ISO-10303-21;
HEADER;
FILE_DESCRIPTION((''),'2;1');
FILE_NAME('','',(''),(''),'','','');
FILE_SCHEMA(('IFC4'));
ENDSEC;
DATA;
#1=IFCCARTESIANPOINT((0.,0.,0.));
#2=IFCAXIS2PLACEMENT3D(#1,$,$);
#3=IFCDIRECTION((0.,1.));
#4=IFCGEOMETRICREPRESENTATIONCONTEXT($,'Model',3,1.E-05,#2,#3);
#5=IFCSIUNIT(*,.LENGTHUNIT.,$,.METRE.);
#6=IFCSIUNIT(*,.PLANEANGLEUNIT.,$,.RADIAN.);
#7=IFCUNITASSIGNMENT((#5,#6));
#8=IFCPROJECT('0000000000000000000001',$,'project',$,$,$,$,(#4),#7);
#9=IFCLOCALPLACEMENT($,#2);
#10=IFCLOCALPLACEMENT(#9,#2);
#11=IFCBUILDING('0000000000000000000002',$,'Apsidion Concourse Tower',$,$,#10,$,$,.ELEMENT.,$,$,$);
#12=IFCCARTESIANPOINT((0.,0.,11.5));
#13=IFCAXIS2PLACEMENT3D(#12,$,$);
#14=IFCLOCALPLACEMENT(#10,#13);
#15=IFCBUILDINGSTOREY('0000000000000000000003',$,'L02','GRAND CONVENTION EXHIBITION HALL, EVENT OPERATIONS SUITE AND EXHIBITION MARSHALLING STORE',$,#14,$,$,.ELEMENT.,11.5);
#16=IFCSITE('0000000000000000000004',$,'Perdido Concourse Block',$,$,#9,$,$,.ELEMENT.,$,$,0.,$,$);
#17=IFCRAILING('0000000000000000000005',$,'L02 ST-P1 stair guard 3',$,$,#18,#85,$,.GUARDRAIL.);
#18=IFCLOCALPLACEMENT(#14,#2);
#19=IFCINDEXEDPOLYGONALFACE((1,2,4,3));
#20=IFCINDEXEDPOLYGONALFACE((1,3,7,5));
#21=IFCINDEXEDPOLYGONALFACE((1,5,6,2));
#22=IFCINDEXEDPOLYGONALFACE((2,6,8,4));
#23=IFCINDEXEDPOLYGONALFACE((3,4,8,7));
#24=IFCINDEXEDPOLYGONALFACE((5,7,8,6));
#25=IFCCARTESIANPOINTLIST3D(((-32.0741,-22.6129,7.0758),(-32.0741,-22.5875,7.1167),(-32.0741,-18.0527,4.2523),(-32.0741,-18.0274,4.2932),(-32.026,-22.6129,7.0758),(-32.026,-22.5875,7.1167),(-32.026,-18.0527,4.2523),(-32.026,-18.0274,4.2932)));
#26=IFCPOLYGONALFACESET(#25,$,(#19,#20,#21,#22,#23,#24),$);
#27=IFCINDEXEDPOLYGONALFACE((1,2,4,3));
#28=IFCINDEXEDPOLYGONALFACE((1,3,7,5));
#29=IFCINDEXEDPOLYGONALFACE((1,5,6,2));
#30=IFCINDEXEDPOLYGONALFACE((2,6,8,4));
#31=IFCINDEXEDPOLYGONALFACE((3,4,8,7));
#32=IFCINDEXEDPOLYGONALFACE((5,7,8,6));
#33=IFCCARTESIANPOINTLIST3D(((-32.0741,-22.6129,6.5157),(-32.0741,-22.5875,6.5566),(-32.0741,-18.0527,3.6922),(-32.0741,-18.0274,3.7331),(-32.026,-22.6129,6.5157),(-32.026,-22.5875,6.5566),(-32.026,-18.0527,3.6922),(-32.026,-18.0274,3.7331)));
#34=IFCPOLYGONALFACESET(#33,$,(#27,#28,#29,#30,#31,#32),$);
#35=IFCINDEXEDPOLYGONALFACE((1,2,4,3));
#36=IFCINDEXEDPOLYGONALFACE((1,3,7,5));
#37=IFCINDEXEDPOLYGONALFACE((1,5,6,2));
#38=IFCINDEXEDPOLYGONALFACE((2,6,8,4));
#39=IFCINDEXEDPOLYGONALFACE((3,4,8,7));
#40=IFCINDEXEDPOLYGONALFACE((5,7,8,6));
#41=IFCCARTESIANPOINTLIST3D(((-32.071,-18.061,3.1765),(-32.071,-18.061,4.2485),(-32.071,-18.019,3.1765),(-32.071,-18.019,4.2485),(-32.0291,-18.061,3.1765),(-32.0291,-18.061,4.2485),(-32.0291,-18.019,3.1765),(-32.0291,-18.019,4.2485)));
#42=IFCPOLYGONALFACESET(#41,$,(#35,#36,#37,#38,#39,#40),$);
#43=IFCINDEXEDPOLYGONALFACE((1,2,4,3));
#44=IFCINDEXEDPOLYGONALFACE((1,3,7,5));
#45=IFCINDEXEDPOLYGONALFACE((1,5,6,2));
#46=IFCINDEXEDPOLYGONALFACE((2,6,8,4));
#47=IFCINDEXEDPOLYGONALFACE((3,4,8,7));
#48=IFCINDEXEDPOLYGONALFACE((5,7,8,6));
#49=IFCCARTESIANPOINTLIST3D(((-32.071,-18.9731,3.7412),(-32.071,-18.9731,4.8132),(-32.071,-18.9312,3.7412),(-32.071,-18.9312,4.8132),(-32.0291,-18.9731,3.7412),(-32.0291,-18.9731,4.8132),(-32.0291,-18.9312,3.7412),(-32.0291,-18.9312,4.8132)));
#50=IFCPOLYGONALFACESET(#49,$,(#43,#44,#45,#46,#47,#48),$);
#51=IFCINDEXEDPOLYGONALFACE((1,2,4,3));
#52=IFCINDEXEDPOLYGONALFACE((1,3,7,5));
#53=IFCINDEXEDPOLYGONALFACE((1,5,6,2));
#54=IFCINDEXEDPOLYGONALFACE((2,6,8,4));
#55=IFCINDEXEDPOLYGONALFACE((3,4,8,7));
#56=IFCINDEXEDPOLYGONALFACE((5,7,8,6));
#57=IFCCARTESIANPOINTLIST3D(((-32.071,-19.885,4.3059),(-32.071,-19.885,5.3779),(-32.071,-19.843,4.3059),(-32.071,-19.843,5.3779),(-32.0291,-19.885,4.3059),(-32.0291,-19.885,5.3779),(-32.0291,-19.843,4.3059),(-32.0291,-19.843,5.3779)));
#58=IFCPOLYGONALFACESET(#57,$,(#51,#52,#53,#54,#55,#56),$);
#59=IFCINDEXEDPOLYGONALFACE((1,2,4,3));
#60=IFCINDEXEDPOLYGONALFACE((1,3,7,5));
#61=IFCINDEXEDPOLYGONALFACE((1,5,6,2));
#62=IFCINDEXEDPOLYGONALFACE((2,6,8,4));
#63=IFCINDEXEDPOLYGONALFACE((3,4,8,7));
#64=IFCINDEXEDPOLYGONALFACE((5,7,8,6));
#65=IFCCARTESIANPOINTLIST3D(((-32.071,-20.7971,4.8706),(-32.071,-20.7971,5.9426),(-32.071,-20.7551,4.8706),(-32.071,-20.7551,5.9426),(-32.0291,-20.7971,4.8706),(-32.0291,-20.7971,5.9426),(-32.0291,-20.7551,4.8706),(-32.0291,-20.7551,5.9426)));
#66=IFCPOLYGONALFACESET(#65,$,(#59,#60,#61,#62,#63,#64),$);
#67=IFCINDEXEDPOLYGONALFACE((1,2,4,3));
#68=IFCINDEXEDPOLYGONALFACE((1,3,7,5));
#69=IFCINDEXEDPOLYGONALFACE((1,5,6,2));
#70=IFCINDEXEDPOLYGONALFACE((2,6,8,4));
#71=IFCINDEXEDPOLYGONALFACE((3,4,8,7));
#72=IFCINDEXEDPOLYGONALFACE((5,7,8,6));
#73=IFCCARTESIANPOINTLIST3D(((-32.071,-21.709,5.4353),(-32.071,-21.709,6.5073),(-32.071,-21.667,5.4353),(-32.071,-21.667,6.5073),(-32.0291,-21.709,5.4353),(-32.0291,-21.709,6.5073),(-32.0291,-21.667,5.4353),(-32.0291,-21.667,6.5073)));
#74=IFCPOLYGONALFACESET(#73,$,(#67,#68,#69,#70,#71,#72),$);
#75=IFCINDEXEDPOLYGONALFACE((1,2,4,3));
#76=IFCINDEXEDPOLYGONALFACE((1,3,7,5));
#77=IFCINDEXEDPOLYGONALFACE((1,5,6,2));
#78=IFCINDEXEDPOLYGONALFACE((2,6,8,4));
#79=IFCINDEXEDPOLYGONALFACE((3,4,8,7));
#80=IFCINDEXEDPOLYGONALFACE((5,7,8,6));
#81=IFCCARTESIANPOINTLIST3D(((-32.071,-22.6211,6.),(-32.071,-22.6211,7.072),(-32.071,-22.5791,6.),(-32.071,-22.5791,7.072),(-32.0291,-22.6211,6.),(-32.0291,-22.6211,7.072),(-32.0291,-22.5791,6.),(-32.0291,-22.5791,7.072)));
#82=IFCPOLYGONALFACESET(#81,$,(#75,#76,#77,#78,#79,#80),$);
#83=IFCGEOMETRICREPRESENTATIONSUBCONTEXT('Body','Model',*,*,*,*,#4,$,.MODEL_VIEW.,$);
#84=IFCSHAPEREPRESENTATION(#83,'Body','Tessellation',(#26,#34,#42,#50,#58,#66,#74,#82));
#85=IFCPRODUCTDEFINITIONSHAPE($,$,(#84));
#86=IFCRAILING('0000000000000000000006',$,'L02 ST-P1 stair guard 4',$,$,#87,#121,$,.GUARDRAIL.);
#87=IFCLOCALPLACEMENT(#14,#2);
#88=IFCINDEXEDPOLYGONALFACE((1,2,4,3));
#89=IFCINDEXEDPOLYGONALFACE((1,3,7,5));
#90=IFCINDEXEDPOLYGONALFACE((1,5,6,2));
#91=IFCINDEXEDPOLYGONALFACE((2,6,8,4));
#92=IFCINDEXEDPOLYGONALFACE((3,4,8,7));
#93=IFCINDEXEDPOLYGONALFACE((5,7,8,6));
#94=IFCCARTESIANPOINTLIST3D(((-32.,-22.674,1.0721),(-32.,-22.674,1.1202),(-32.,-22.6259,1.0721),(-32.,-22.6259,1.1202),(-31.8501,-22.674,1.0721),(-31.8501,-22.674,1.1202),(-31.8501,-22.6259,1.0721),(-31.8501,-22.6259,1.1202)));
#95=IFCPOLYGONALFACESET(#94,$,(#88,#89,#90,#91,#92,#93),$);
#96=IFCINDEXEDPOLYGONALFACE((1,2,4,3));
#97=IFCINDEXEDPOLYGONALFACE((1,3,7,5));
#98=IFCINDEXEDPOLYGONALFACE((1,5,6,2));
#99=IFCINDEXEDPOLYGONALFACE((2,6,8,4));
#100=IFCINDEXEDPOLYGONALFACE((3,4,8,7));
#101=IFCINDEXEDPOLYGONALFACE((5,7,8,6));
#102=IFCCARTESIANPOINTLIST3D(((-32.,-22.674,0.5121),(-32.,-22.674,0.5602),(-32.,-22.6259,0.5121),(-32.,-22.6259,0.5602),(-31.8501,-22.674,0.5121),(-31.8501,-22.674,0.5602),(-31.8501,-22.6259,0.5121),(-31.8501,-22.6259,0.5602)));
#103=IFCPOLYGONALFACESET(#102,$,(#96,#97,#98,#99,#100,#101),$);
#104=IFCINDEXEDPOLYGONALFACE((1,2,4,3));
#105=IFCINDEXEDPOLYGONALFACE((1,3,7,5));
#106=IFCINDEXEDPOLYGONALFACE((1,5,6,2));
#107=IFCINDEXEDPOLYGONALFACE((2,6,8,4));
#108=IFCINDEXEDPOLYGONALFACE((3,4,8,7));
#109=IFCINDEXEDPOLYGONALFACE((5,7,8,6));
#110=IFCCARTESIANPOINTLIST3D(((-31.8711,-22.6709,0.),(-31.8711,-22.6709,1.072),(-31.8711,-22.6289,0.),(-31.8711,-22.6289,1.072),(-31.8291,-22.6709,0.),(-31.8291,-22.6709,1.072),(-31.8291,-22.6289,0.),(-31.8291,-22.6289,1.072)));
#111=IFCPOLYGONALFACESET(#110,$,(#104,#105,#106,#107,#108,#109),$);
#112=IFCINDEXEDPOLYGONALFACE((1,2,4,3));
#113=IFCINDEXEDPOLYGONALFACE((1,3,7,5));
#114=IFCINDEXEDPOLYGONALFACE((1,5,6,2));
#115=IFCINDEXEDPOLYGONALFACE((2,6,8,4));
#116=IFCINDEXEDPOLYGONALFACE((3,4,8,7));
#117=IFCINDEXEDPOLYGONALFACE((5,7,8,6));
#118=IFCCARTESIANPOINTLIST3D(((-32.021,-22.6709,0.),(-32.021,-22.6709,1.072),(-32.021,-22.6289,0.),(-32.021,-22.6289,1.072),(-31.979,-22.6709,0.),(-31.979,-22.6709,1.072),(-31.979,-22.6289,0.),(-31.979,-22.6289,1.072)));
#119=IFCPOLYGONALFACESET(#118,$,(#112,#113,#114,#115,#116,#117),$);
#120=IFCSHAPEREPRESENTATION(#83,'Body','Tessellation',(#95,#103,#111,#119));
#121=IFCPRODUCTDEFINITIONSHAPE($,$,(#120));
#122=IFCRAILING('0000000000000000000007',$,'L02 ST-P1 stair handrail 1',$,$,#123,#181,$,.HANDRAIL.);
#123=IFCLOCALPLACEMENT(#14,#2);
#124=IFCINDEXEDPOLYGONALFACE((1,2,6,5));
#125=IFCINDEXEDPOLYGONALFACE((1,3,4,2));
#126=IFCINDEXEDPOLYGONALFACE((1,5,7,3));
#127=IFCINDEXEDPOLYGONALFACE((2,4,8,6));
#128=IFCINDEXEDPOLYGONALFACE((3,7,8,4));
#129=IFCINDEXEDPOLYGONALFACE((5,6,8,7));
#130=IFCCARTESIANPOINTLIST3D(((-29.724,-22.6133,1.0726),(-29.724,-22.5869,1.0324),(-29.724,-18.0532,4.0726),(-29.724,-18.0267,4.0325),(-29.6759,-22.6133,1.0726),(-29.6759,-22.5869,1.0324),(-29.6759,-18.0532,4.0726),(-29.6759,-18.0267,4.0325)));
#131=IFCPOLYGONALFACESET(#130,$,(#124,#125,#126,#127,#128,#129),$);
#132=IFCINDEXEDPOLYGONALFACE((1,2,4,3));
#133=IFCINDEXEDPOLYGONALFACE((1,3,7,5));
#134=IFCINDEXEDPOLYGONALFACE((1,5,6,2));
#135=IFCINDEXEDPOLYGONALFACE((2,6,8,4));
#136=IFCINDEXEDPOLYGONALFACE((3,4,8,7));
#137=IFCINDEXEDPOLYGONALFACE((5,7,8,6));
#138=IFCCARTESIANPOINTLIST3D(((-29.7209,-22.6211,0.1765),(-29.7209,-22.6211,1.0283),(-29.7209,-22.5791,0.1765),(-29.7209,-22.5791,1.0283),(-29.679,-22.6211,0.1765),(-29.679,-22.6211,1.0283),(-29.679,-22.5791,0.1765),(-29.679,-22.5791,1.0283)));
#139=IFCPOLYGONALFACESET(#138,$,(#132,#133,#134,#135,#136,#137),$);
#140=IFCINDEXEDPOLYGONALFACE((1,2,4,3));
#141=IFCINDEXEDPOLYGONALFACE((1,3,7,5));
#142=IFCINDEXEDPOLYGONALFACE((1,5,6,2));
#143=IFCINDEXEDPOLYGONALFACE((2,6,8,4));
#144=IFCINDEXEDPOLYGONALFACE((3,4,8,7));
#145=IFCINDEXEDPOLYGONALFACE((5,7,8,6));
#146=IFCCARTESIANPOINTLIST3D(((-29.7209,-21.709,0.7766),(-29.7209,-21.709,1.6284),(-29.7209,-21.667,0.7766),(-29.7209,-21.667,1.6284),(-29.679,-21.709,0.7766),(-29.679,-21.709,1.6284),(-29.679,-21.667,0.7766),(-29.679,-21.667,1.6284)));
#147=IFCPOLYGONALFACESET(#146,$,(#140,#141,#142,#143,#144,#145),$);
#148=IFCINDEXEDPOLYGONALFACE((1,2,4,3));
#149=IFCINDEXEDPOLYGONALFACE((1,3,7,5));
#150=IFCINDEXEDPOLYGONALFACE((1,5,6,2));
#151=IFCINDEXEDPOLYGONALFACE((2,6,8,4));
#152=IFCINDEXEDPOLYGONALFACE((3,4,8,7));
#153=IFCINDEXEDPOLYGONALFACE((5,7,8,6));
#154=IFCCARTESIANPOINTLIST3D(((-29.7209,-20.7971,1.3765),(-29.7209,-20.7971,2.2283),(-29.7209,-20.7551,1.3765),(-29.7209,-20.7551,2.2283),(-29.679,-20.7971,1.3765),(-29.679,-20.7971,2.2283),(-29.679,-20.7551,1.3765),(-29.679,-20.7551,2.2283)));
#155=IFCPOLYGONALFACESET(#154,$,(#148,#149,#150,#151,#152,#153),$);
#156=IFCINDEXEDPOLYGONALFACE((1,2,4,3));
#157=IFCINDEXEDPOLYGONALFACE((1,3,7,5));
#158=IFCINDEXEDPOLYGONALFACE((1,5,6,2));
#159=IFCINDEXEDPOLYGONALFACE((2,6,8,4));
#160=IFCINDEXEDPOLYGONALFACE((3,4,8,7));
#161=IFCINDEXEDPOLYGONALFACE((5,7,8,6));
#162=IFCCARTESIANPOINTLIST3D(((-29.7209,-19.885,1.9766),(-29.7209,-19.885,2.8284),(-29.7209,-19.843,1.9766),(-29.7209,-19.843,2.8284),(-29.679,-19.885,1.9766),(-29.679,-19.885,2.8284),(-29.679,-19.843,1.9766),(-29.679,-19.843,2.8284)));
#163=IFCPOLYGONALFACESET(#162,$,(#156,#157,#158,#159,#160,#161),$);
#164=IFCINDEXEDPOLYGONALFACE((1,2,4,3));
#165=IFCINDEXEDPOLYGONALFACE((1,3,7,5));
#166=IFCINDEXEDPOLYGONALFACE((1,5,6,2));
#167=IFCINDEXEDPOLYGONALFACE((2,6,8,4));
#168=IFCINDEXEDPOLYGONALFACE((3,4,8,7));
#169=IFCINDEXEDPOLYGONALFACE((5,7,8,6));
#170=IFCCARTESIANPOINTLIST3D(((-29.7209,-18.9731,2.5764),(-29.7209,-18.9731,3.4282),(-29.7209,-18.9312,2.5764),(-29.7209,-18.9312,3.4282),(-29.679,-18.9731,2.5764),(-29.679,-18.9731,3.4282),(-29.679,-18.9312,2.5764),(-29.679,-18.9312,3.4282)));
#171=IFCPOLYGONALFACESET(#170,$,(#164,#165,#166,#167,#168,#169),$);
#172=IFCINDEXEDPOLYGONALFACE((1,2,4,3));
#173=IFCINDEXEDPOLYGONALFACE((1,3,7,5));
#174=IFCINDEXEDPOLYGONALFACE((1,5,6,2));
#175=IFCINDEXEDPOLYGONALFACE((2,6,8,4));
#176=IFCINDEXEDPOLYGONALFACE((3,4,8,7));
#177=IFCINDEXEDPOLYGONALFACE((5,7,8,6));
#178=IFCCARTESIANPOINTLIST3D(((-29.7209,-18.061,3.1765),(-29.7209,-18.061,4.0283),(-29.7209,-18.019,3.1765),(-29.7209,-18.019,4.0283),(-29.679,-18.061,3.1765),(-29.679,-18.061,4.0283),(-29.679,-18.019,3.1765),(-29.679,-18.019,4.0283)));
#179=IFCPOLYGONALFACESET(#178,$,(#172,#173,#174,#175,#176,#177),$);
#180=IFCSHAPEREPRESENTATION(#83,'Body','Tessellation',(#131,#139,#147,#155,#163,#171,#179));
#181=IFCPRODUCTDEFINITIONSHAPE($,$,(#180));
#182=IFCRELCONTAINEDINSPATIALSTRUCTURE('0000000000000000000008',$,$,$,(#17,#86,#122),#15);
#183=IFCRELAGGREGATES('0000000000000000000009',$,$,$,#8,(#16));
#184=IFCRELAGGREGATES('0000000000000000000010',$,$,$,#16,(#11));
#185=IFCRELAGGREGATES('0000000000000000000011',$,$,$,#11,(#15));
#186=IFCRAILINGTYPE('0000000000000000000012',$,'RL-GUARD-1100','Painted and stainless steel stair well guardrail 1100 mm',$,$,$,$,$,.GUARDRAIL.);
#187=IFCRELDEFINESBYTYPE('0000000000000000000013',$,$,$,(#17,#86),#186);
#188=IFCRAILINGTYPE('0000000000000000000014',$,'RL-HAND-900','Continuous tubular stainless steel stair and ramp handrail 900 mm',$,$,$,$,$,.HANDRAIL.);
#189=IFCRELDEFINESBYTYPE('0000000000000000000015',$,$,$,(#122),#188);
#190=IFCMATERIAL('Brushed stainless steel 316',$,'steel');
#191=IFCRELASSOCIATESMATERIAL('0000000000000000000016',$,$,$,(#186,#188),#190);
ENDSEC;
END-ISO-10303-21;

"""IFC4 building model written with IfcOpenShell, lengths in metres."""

from ifc_helpers import new_model, si_unit, direction, frame, origin, origin_2d, place, context, subcontext, project, spatial, rectangle, extrude, material, type_object, element, save


model = new_model("IFC4")

# Units and contexts
model_context = context("Model", 3, precision=1e-05, world=origin(), true_north=direction((0.0, 1.0)))
body_context = subcontext(model_context, "Body", "Model", "MODEL_VIEW")
ifc_project = project(units=[si_unit("LENGTHUNIT", "METRE"), si_unit("PLANEANGLEUNIT", "RADIAN")], contexts=[model_context])

# Site, building, storey
site_placement = place(None, origin())
site = spatial("IfcSite", under=ifc_project, at=site_placement, Name="Perdido Concourse Block", CompositionType="ELEMENT", RefElevation=0.0)
building_placement = place(site_placement, origin())
building = spatial("IfcBuilding", under=site, at=building_placement, Name="Apsidion Concourse Tower", CompositionType="ELEMENT")
storey_placement = place(building_placement, frame((0.0, 0.0, 11.5)))
storey = spatial("IfcBuildingStorey", under=building, at=storey_placement, Name="L02", Description="GRAND CONVENTION EXHIBITION HALL, EVENT OPERATIONS SUITE AND EXHIBITION MARSHALLING STORE", CompositionType="ELEMENT", Elevation=11.5)

# Shared definitions
ifc_material_1 = material(Name="Brushed stainless steel 316", Category="steel")

# Railings
railing_type_1 = type_object("IfcRailingType", Name="RL-GUARD-1100", Description="Painted and stainless steel stair well guardrail 1100 mm", PredefinedType="GUARDRAIL", material=ifc_material_1)
railing_1_placement = place(storey_placement, frame((-32.05, -18.04, 3.1765)))
element("IfcRailing", 1, at=railing_1_placement, inside=storey, type_object=railing_type_1, Name="L02 ST-P1 stair guard 3", PredefinedType="GUARDRAIL", context=body_context, shape_type="SweptSolid", body=[
    extrude(rectangle(XDim=0.0481, YDim=0.0481, at=origin_2d()), frame((0.0, 0.0, 1.0962), z_axis=(0.0, -0.850216, 0.526435), x_axis=(1.0, 0.0, 0.0)), (0.0, 0.0, 1.0), 5.3635),
    extrude(rectangle(XDim=0.0481, YDim=0.0481, at=origin_2d()), frame((0.0, 0.0, 0.5361), z_axis=(0.0, -0.850216, 0.526435), x_axis=(1.0, 0.0, 0.0)), (0.0, 0.0, 1.0), 5.3635),
    extrude(rectangle(XDim=0.042, YDim=0.042, at=origin_2d()), origin(), (0.0, 0.0, 1.0), 1.072),
    extrude(rectangle(XDim=0.042, YDim=0.042, at=origin_2d()), frame((0.0, -0.9121, 0.5647)), (0.0, 0.0, 1.0), 1.072),
    extrude(rectangle(XDim=0.042, YDim=0.042, at=origin_2d()), frame((0.0, -1.824, 1.1294)), (0.0, 0.0, 1.0), 1.072),
    extrude(rectangle(XDim=0.042, YDim=0.042, at=origin_2d()), frame((0.0, -2.7361, 1.6941)), (0.0, 0.0, 1.0), 1.072),
    extrude(rectangle(XDim=0.042, YDim=0.042, at=origin_2d()), frame((0.0, -3.6479, 2.2588)), (0.0, 0.0, 1.0), 1.072),
    extrude(rectangle(XDim=0.042, YDim=0.042, at=origin_2d()), frame((0.0, -4.5601, 2.8235)), (0.0, 0.0, 1.0), 1.072),
])
railing_2_placement = place(storey_placement, frame((-31.8501, -22.6499, 0.0)))
element("IfcRailing", 2, at=railing_2_placement, inside=storey, type_object=railing_type_1, Name="L02 ST-P1 stair guard 4", PredefinedType="GUARDRAIL", context=body_context, shape_type="SweptSolid", body=[
    extrude(rectangle(XDim=0.0481, YDim=0.0481, at=origin_2d()), frame((0.0, 0.0, 1.0962), z_axis=(-1.0, 0.0, 0.0), x_axis=(0.0, -1.0, 0.0)), (0.0, 0.0, 1.0), 0.1499),
    extrude(rectangle(XDim=0.0481, YDim=0.0481, at=origin_2d()), frame((0.0, 0.0, 0.5361), z_axis=(-1.0, 0.0, 0.0), x_axis=(0.0, -1.0, 0.0)), (0.0, 0.0, 1.0), 0.1499),
    extrude(rectangle(XDim=0.042, YDim=0.042, at=origin_2d()), origin(), (0.0, 0.0, 1.0), 1.072),
    extrude(rectangle(XDim=0.042, YDim=0.042, at=origin_2d()), frame((-0.1499, 0.0, 0.0)), (0.0, 0.0, 1.0), 1.072),
])
railing_type_2 = type_object("IfcRailingType", Name="RL-HAND-900", Description="Continuous tubular stainless steel stair and ramp handrail 900 mm", PredefinedType="HANDRAIL", material=ifc_material_1)
railing_3_placement = place(storey_placement, frame((-29.7, -22.6001, 0.1765)))
element("IfcRailing", 3, at=railing_3_placement, inside=storey, type_object=railing_type_2, Name="L02 ST-P1 stair handrail 1", PredefinedType="HANDRAIL", context=body_context, shape_type="SweptSolid", body=[
    extrude(rectangle(XDim=0.0481, YDim=0.0481, at=origin_2d()), frame((0.0, 0.0, 0.876), z_axis=(0.0, 0.83542, 0.549612), x_axis=(-1.0, 0.0, 0.0)), (0.0, 0.0, 1.0), 5.4585),
    extrude(rectangle(XDim=0.042, YDim=0.042, at=origin_2d()), origin(), (0.0, 0.0, 1.0), 0.8518),
    extrude(rectangle(XDim=0.042, YDim=0.042, at=origin_2d()), frame((0.0, 0.9121, 0.6001)), (0.0, 0.0, 1.0), 0.8518),
    extrude(rectangle(XDim=0.042, YDim=0.042, at=origin_2d()), frame((0.0, 1.824, 1.2)), (0.0, 0.0, 1.0), 0.8518),
    extrude(rectangle(XDim=0.042, YDim=0.042, at=origin_2d()), frame((0.0, 2.7361, 1.8)), (0.0, 0.0, 1.0), 0.8518),
    extrude(rectangle(XDim=0.042, YDim=0.042, at=origin_2d()), frame((0.0, 3.6479, 2.3999)), (0.0, 0.0, 1.0), 0.8518),
    extrude(rectangle(XDim=0.042, YDim=0.042, at=origin_2d()), frame((0.0, 4.5601, 3.0)), (0.0, 0.0, 1.0), 0.8518),
])

save(model, "model.ifc")
